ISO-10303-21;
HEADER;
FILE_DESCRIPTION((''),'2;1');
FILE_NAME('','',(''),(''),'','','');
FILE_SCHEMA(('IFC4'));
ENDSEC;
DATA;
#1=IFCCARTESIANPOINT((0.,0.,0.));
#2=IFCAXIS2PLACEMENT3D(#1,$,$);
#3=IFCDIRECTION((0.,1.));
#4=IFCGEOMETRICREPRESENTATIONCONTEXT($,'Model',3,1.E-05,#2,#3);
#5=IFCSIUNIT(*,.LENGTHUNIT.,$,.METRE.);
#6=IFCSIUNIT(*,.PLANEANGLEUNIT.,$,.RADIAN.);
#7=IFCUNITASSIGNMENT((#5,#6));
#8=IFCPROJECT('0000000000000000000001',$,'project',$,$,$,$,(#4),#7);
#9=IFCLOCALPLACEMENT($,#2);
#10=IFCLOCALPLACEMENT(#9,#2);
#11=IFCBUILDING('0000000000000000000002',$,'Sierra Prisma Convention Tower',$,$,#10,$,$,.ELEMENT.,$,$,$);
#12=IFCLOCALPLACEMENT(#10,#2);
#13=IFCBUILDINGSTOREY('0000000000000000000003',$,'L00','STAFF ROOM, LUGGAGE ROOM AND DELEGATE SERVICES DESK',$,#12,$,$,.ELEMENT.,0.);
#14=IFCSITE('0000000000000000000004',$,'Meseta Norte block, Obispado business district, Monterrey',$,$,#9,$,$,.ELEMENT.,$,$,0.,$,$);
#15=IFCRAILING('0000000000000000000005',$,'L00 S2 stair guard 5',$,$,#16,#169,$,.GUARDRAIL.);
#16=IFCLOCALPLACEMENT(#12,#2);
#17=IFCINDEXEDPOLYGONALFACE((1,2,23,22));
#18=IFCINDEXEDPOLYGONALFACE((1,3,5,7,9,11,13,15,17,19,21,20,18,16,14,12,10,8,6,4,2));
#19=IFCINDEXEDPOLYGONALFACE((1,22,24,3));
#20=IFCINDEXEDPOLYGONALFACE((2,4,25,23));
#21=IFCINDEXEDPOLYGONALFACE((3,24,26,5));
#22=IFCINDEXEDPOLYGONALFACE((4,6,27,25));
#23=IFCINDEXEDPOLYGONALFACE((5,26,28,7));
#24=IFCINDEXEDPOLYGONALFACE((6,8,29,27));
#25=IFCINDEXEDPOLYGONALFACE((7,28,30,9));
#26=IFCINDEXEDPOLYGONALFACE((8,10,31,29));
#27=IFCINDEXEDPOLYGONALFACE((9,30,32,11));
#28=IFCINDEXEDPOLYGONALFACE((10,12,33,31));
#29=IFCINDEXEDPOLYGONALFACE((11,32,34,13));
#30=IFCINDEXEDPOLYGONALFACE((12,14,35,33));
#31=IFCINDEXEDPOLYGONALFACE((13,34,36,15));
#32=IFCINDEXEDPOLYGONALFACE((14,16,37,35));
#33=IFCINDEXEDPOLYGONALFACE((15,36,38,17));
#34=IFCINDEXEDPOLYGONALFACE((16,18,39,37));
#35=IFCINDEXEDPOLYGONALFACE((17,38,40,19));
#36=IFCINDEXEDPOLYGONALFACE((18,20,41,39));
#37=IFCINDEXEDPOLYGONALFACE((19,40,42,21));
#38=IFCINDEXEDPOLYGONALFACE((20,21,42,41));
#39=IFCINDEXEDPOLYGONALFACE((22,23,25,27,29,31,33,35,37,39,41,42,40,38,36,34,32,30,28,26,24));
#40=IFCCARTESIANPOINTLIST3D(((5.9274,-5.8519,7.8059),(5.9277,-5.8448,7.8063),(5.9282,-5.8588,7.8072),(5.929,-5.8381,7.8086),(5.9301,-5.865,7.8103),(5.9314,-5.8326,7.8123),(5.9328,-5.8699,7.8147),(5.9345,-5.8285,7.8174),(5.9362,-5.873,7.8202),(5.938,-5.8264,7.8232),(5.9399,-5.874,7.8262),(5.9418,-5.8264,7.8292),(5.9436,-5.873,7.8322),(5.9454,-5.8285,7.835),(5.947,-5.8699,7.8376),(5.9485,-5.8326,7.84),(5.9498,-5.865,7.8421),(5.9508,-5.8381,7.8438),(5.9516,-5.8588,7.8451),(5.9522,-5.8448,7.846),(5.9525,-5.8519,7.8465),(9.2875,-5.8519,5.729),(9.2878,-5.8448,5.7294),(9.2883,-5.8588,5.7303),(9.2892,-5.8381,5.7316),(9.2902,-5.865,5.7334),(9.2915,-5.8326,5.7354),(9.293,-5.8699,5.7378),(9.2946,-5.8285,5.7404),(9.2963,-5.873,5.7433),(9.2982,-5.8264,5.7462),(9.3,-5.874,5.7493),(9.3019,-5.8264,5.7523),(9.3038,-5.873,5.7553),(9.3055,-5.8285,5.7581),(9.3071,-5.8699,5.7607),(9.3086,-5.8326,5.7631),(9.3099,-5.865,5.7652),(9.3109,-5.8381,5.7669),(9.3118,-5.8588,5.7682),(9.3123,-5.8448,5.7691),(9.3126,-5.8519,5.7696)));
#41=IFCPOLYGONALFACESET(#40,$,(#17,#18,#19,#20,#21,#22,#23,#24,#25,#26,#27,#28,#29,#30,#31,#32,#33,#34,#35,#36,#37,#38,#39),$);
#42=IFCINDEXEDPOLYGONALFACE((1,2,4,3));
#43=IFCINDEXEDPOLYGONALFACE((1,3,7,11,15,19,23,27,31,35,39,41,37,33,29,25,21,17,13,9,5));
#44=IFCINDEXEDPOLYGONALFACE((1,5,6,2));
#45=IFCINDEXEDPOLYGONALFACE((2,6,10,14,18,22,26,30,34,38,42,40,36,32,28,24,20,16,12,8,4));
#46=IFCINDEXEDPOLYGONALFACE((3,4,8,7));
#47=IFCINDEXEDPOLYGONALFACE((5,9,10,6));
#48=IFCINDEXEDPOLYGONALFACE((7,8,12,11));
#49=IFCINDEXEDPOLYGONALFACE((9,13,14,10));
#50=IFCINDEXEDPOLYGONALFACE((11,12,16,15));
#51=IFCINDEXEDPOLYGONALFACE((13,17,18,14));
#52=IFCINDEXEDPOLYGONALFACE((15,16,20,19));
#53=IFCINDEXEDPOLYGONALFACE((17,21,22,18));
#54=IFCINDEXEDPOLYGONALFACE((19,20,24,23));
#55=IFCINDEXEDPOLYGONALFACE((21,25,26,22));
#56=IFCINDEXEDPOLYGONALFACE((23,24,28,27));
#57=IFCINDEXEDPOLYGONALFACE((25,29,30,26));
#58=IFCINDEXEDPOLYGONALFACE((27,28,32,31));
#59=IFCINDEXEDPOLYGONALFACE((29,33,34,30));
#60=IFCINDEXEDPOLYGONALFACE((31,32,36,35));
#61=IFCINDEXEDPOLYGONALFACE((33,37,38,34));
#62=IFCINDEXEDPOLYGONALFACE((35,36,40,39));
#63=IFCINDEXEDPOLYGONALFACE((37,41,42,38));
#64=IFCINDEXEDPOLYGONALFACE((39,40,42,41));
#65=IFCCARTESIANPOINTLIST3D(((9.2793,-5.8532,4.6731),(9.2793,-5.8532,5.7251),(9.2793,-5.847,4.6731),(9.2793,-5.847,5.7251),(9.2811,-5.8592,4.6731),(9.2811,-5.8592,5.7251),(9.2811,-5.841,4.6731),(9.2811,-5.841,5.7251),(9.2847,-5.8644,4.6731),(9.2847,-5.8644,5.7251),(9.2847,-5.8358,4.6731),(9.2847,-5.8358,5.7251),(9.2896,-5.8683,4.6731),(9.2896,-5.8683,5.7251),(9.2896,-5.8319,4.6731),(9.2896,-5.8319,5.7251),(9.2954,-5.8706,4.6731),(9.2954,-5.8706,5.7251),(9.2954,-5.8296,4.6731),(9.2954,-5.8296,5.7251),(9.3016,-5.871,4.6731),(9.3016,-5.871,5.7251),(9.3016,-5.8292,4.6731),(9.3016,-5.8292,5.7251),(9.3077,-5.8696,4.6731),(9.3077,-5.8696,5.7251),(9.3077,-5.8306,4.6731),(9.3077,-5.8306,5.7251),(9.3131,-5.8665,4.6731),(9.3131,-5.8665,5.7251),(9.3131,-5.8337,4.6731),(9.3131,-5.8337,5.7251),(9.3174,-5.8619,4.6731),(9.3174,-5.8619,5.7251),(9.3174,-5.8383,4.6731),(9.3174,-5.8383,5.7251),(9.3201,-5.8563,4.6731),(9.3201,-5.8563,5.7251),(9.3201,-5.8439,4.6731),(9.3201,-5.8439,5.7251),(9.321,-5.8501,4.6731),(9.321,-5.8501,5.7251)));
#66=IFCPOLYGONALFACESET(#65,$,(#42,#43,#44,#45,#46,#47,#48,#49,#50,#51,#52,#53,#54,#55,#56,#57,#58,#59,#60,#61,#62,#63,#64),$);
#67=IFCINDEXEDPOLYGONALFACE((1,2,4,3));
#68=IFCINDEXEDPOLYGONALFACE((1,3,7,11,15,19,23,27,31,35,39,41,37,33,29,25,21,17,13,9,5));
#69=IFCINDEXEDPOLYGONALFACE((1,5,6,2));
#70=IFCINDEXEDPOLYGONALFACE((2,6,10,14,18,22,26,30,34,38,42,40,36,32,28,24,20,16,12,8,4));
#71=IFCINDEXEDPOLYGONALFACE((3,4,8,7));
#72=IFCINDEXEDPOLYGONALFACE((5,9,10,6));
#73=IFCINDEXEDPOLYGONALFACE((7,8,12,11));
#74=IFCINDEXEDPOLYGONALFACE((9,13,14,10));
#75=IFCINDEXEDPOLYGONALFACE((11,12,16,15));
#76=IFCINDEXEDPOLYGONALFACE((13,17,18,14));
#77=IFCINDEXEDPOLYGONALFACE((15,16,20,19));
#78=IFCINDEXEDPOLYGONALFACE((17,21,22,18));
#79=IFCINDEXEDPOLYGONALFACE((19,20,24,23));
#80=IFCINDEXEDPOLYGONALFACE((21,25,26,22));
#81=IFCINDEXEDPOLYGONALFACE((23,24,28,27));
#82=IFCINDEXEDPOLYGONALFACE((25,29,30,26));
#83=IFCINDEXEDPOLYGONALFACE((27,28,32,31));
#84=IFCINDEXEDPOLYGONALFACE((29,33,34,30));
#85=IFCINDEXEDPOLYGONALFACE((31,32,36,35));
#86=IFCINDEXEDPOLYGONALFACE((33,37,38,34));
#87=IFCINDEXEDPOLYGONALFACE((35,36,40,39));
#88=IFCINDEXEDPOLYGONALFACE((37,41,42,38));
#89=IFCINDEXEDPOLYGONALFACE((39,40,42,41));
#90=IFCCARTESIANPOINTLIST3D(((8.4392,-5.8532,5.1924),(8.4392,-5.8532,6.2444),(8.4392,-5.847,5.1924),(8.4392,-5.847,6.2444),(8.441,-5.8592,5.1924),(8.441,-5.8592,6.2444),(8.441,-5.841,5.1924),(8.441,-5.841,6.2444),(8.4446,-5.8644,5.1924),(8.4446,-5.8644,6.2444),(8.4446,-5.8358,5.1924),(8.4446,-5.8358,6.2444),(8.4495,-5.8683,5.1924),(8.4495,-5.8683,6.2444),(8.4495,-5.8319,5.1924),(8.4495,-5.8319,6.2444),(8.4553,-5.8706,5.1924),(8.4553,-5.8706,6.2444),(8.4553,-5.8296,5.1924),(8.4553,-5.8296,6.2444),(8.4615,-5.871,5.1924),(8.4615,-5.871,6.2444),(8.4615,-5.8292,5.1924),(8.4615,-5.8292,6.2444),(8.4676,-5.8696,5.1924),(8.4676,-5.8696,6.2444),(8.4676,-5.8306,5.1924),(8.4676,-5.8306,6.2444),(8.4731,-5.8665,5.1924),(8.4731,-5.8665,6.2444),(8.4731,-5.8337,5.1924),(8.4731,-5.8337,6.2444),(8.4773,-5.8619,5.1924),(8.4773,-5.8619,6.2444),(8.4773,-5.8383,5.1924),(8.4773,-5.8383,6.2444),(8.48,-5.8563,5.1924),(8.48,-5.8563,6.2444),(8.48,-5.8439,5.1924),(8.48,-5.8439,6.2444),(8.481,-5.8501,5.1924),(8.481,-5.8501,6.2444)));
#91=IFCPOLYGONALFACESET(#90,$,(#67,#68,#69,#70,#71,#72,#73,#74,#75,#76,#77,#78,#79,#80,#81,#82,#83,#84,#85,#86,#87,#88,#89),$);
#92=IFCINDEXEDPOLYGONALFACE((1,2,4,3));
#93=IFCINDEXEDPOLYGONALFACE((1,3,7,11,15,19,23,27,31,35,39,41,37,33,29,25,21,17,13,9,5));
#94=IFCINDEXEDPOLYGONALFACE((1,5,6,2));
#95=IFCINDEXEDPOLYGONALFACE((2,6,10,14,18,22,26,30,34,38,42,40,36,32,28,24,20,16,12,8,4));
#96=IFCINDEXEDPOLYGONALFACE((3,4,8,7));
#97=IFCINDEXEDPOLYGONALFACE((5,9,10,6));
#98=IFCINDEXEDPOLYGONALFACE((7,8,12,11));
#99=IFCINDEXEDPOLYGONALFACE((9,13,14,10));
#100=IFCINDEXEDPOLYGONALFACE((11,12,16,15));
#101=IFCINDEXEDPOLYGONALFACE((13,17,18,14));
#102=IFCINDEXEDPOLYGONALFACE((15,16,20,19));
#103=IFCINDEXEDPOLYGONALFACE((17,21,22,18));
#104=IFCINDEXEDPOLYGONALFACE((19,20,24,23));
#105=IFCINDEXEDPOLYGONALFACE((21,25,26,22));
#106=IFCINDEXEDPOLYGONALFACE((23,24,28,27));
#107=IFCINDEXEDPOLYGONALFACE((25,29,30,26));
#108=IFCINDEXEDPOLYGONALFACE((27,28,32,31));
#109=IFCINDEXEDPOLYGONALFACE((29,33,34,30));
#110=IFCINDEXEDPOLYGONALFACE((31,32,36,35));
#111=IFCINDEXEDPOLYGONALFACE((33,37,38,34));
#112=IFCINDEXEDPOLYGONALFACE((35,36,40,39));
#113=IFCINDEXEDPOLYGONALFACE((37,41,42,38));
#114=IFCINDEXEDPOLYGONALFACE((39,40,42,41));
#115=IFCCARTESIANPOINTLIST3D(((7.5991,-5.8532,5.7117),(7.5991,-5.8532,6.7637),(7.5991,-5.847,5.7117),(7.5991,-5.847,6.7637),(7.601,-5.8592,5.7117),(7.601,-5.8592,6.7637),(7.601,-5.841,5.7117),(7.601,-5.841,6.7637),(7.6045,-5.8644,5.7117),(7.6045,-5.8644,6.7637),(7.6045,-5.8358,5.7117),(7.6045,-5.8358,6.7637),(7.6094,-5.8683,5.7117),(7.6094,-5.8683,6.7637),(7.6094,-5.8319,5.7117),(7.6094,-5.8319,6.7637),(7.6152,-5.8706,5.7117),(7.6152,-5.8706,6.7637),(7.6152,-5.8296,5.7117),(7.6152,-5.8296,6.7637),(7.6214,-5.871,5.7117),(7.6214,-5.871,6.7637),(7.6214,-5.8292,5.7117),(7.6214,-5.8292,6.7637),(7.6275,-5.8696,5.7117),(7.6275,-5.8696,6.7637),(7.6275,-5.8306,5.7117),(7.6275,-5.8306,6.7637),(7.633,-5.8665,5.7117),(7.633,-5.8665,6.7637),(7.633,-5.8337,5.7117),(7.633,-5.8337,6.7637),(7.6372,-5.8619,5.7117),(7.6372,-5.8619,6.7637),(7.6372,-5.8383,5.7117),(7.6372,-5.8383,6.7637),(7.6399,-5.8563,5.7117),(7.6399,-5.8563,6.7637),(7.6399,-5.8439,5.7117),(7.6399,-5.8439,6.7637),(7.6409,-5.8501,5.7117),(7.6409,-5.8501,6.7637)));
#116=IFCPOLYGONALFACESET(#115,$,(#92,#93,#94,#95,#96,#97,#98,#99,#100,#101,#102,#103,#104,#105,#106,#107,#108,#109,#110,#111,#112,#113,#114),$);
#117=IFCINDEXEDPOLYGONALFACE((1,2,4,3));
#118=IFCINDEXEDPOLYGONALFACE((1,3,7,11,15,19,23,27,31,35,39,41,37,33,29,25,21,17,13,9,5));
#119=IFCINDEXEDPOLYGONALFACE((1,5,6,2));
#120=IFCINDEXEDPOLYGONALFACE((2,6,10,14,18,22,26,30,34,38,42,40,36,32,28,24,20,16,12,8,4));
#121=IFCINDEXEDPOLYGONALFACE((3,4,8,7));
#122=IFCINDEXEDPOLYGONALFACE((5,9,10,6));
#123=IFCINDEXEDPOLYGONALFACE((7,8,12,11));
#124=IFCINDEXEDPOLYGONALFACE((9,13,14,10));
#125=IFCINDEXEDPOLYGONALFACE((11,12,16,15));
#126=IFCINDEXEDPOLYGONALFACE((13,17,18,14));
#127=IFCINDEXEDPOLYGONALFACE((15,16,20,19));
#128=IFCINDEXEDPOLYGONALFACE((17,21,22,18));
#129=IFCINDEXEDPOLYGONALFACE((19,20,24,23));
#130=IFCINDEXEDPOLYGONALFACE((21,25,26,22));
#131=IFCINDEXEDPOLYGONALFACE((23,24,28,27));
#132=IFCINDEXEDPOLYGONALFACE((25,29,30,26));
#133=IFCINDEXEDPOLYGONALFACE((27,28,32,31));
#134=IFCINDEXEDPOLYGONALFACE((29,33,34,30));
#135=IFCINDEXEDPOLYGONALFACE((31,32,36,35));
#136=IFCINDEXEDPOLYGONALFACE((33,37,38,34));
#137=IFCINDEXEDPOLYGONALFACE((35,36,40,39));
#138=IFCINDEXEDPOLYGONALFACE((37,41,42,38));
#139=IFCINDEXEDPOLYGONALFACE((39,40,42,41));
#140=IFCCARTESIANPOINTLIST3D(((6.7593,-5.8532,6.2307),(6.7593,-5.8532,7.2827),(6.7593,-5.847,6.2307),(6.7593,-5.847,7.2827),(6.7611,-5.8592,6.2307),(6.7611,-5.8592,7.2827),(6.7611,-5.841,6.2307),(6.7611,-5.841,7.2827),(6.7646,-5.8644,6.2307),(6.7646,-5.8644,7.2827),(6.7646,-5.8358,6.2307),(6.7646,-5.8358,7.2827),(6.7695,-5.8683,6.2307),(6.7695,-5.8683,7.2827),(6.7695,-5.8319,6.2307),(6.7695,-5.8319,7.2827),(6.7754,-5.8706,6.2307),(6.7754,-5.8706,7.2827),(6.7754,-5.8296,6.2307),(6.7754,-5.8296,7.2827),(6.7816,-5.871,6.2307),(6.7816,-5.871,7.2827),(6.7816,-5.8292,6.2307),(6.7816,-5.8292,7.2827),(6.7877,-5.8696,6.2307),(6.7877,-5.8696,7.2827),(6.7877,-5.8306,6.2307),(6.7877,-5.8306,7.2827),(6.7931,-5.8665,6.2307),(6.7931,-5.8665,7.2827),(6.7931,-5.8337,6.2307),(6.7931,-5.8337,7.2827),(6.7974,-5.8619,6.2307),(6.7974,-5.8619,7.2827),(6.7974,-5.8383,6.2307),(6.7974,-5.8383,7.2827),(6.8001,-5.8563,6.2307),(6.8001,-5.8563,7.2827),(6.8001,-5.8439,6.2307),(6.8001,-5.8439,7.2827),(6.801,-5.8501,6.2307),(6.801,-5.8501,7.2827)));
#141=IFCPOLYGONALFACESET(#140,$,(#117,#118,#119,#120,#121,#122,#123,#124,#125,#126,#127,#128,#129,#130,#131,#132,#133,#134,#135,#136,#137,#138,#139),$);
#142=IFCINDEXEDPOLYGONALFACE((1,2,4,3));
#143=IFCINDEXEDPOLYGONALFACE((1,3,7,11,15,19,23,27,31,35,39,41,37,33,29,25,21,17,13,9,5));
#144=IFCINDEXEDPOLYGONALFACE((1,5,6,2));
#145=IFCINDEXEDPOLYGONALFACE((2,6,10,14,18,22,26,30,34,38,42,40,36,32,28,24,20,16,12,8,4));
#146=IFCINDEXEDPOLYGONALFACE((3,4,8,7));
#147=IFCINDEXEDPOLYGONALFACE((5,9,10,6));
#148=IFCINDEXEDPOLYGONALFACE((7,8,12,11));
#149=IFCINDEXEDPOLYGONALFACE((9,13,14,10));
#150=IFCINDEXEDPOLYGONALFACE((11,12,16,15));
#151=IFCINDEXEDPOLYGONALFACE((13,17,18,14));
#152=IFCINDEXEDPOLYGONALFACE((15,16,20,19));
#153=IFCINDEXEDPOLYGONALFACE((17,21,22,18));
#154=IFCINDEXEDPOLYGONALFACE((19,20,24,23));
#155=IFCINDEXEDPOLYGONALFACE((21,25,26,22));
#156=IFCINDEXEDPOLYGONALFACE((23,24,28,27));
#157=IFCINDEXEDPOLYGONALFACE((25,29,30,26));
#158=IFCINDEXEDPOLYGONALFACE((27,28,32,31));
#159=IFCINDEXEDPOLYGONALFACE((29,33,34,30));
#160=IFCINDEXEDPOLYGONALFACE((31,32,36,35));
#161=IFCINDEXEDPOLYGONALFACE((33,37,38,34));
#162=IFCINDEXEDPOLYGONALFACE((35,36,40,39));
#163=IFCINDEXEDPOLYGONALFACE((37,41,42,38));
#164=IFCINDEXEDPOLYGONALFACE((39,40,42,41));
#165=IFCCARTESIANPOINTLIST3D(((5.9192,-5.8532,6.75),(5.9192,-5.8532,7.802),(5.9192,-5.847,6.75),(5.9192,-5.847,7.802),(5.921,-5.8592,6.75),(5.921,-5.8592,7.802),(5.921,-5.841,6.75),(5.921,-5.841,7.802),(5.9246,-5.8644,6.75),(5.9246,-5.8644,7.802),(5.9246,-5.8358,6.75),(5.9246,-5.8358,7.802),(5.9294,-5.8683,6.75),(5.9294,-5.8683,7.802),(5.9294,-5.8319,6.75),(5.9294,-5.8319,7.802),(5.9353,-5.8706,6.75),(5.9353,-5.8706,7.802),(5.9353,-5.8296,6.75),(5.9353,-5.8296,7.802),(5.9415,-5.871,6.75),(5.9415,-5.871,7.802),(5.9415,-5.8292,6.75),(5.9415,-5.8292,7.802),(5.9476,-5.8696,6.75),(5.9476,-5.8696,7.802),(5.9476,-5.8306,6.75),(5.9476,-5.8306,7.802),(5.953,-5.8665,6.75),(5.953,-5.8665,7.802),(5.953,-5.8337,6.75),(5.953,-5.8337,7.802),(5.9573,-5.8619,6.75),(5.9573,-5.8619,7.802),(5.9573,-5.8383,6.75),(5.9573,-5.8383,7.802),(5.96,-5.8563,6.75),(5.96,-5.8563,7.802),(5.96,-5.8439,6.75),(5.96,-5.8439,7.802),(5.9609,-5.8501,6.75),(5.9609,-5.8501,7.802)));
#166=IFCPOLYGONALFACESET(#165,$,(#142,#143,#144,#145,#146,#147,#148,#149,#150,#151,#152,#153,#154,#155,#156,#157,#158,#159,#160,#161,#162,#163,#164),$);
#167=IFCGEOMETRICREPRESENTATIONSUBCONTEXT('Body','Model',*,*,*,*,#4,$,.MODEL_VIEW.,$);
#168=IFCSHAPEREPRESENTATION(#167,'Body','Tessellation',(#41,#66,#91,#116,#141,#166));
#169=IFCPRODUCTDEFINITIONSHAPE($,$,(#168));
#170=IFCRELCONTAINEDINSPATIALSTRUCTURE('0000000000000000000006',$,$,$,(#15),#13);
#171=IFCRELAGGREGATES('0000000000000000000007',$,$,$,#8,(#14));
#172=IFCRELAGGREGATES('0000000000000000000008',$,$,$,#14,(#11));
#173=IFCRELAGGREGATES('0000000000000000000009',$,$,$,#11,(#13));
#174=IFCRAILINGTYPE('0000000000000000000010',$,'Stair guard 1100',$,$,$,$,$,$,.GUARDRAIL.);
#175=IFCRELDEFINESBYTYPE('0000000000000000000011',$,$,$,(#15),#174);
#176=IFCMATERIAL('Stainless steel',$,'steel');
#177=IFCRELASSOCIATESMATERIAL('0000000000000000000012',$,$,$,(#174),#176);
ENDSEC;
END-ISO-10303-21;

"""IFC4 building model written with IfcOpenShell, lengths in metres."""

from ifc_helpers import new_model, si_unit, direction, frame, origin, origin_2d, place, context, subcontext, project, spatial, circle, extrude, material, type_object, element, save


model = new_model("IFC4")

# Units and contexts
model_context = context("Model", 3, precision=1e-05, world=origin(), true_north=direction((0.0, 1.0)))
body_context = subcontext(model_context, "Body", "Model", "MODEL_VIEW")
ifc_project = project(units=[si_unit("LENGTHUNIT", "METRE"), si_unit("PLANEANGLEUNIT", "RADIAN")], contexts=[model_context])

# Site, building, storey
site_placement = place(None, origin())
site = spatial("IfcSite", under=ifc_project, at=site_placement, Name="Meseta Norte block, Obispado business district, Monterrey", CompositionType="ELEMENT", RefElevation=0.0)
building_placement = place(site_placement, origin())
building = spatial("IfcBuilding", under=site, at=building_placement, Name="Sierra Prisma Convention Tower", CompositionType="ELEMENT")
storey_placement = place(building_placement, origin())
storey = spatial("IfcBuildingStorey", under=building, at=storey_placement, Name="L00", Description="STAFF ROOM, LUGGAGE ROOM AND DELEGATE SERVICES DESK", CompositionType="ELEMENT", Elevation=0.0)

# Railing
ifc_material_1 = material(Name="Stainless steel", Category="steel")
railing_type_1 = type_object("IfcRailingType", Name="Stair guard 1100", PredefinedType="GUARDRAIL", material=ifc_material_1)
railing_1_placement = place(storey_placement, frame((9.3, -5.8501, 4.6731)))
element("IfcRailing", 1, at=railing_1_placement, inside=storey, type_object=railing_type_1, Name="L00 S2 stair guard 5", PredefinedType="GUARDRAIL", context=body_context, shape_type="SweptSolid", body=[
    extrude(circle(Radius=0.0239, at=origin_2d()), frame((0.0, 0.0, 1.0762), z_axis=(-0.850623, 0.0, 0.525776), x_axis=(0.0, -1.0, 0.0)), (0.0, 0.0, 1.0), 3.9502),
    extrude(circle(Radius=0.021, at=origin_2d()), origin(), (0.0, 0.0, 1.0), 1.052),
    extrude(circle(Radius=0.021, at=origin_2d()), frame((-0.8401, 0.0, 0.5193)), (0.0, 0.0, 1.0), 1.052),
    extrude(circle(Radius=0.021, at=origin_2d()), frame((-1.6802, 0.0, 1.0386)), (0.0, 0.0, 1.0), 1.052),
    extrude(circle(Radius=0.021, at=origin_2d()), frame((-2.52, 0.0, 1.5576)), (0.0, 0.0, 1.0), 1.052),
    extrude(circle(Radius=0.021, at=origin_2d()), frame((-3.3601, 0.0, 2.0769)), (0.0, 0.0, 1.0), 1.052),
])

save(model, "model.ifc")
